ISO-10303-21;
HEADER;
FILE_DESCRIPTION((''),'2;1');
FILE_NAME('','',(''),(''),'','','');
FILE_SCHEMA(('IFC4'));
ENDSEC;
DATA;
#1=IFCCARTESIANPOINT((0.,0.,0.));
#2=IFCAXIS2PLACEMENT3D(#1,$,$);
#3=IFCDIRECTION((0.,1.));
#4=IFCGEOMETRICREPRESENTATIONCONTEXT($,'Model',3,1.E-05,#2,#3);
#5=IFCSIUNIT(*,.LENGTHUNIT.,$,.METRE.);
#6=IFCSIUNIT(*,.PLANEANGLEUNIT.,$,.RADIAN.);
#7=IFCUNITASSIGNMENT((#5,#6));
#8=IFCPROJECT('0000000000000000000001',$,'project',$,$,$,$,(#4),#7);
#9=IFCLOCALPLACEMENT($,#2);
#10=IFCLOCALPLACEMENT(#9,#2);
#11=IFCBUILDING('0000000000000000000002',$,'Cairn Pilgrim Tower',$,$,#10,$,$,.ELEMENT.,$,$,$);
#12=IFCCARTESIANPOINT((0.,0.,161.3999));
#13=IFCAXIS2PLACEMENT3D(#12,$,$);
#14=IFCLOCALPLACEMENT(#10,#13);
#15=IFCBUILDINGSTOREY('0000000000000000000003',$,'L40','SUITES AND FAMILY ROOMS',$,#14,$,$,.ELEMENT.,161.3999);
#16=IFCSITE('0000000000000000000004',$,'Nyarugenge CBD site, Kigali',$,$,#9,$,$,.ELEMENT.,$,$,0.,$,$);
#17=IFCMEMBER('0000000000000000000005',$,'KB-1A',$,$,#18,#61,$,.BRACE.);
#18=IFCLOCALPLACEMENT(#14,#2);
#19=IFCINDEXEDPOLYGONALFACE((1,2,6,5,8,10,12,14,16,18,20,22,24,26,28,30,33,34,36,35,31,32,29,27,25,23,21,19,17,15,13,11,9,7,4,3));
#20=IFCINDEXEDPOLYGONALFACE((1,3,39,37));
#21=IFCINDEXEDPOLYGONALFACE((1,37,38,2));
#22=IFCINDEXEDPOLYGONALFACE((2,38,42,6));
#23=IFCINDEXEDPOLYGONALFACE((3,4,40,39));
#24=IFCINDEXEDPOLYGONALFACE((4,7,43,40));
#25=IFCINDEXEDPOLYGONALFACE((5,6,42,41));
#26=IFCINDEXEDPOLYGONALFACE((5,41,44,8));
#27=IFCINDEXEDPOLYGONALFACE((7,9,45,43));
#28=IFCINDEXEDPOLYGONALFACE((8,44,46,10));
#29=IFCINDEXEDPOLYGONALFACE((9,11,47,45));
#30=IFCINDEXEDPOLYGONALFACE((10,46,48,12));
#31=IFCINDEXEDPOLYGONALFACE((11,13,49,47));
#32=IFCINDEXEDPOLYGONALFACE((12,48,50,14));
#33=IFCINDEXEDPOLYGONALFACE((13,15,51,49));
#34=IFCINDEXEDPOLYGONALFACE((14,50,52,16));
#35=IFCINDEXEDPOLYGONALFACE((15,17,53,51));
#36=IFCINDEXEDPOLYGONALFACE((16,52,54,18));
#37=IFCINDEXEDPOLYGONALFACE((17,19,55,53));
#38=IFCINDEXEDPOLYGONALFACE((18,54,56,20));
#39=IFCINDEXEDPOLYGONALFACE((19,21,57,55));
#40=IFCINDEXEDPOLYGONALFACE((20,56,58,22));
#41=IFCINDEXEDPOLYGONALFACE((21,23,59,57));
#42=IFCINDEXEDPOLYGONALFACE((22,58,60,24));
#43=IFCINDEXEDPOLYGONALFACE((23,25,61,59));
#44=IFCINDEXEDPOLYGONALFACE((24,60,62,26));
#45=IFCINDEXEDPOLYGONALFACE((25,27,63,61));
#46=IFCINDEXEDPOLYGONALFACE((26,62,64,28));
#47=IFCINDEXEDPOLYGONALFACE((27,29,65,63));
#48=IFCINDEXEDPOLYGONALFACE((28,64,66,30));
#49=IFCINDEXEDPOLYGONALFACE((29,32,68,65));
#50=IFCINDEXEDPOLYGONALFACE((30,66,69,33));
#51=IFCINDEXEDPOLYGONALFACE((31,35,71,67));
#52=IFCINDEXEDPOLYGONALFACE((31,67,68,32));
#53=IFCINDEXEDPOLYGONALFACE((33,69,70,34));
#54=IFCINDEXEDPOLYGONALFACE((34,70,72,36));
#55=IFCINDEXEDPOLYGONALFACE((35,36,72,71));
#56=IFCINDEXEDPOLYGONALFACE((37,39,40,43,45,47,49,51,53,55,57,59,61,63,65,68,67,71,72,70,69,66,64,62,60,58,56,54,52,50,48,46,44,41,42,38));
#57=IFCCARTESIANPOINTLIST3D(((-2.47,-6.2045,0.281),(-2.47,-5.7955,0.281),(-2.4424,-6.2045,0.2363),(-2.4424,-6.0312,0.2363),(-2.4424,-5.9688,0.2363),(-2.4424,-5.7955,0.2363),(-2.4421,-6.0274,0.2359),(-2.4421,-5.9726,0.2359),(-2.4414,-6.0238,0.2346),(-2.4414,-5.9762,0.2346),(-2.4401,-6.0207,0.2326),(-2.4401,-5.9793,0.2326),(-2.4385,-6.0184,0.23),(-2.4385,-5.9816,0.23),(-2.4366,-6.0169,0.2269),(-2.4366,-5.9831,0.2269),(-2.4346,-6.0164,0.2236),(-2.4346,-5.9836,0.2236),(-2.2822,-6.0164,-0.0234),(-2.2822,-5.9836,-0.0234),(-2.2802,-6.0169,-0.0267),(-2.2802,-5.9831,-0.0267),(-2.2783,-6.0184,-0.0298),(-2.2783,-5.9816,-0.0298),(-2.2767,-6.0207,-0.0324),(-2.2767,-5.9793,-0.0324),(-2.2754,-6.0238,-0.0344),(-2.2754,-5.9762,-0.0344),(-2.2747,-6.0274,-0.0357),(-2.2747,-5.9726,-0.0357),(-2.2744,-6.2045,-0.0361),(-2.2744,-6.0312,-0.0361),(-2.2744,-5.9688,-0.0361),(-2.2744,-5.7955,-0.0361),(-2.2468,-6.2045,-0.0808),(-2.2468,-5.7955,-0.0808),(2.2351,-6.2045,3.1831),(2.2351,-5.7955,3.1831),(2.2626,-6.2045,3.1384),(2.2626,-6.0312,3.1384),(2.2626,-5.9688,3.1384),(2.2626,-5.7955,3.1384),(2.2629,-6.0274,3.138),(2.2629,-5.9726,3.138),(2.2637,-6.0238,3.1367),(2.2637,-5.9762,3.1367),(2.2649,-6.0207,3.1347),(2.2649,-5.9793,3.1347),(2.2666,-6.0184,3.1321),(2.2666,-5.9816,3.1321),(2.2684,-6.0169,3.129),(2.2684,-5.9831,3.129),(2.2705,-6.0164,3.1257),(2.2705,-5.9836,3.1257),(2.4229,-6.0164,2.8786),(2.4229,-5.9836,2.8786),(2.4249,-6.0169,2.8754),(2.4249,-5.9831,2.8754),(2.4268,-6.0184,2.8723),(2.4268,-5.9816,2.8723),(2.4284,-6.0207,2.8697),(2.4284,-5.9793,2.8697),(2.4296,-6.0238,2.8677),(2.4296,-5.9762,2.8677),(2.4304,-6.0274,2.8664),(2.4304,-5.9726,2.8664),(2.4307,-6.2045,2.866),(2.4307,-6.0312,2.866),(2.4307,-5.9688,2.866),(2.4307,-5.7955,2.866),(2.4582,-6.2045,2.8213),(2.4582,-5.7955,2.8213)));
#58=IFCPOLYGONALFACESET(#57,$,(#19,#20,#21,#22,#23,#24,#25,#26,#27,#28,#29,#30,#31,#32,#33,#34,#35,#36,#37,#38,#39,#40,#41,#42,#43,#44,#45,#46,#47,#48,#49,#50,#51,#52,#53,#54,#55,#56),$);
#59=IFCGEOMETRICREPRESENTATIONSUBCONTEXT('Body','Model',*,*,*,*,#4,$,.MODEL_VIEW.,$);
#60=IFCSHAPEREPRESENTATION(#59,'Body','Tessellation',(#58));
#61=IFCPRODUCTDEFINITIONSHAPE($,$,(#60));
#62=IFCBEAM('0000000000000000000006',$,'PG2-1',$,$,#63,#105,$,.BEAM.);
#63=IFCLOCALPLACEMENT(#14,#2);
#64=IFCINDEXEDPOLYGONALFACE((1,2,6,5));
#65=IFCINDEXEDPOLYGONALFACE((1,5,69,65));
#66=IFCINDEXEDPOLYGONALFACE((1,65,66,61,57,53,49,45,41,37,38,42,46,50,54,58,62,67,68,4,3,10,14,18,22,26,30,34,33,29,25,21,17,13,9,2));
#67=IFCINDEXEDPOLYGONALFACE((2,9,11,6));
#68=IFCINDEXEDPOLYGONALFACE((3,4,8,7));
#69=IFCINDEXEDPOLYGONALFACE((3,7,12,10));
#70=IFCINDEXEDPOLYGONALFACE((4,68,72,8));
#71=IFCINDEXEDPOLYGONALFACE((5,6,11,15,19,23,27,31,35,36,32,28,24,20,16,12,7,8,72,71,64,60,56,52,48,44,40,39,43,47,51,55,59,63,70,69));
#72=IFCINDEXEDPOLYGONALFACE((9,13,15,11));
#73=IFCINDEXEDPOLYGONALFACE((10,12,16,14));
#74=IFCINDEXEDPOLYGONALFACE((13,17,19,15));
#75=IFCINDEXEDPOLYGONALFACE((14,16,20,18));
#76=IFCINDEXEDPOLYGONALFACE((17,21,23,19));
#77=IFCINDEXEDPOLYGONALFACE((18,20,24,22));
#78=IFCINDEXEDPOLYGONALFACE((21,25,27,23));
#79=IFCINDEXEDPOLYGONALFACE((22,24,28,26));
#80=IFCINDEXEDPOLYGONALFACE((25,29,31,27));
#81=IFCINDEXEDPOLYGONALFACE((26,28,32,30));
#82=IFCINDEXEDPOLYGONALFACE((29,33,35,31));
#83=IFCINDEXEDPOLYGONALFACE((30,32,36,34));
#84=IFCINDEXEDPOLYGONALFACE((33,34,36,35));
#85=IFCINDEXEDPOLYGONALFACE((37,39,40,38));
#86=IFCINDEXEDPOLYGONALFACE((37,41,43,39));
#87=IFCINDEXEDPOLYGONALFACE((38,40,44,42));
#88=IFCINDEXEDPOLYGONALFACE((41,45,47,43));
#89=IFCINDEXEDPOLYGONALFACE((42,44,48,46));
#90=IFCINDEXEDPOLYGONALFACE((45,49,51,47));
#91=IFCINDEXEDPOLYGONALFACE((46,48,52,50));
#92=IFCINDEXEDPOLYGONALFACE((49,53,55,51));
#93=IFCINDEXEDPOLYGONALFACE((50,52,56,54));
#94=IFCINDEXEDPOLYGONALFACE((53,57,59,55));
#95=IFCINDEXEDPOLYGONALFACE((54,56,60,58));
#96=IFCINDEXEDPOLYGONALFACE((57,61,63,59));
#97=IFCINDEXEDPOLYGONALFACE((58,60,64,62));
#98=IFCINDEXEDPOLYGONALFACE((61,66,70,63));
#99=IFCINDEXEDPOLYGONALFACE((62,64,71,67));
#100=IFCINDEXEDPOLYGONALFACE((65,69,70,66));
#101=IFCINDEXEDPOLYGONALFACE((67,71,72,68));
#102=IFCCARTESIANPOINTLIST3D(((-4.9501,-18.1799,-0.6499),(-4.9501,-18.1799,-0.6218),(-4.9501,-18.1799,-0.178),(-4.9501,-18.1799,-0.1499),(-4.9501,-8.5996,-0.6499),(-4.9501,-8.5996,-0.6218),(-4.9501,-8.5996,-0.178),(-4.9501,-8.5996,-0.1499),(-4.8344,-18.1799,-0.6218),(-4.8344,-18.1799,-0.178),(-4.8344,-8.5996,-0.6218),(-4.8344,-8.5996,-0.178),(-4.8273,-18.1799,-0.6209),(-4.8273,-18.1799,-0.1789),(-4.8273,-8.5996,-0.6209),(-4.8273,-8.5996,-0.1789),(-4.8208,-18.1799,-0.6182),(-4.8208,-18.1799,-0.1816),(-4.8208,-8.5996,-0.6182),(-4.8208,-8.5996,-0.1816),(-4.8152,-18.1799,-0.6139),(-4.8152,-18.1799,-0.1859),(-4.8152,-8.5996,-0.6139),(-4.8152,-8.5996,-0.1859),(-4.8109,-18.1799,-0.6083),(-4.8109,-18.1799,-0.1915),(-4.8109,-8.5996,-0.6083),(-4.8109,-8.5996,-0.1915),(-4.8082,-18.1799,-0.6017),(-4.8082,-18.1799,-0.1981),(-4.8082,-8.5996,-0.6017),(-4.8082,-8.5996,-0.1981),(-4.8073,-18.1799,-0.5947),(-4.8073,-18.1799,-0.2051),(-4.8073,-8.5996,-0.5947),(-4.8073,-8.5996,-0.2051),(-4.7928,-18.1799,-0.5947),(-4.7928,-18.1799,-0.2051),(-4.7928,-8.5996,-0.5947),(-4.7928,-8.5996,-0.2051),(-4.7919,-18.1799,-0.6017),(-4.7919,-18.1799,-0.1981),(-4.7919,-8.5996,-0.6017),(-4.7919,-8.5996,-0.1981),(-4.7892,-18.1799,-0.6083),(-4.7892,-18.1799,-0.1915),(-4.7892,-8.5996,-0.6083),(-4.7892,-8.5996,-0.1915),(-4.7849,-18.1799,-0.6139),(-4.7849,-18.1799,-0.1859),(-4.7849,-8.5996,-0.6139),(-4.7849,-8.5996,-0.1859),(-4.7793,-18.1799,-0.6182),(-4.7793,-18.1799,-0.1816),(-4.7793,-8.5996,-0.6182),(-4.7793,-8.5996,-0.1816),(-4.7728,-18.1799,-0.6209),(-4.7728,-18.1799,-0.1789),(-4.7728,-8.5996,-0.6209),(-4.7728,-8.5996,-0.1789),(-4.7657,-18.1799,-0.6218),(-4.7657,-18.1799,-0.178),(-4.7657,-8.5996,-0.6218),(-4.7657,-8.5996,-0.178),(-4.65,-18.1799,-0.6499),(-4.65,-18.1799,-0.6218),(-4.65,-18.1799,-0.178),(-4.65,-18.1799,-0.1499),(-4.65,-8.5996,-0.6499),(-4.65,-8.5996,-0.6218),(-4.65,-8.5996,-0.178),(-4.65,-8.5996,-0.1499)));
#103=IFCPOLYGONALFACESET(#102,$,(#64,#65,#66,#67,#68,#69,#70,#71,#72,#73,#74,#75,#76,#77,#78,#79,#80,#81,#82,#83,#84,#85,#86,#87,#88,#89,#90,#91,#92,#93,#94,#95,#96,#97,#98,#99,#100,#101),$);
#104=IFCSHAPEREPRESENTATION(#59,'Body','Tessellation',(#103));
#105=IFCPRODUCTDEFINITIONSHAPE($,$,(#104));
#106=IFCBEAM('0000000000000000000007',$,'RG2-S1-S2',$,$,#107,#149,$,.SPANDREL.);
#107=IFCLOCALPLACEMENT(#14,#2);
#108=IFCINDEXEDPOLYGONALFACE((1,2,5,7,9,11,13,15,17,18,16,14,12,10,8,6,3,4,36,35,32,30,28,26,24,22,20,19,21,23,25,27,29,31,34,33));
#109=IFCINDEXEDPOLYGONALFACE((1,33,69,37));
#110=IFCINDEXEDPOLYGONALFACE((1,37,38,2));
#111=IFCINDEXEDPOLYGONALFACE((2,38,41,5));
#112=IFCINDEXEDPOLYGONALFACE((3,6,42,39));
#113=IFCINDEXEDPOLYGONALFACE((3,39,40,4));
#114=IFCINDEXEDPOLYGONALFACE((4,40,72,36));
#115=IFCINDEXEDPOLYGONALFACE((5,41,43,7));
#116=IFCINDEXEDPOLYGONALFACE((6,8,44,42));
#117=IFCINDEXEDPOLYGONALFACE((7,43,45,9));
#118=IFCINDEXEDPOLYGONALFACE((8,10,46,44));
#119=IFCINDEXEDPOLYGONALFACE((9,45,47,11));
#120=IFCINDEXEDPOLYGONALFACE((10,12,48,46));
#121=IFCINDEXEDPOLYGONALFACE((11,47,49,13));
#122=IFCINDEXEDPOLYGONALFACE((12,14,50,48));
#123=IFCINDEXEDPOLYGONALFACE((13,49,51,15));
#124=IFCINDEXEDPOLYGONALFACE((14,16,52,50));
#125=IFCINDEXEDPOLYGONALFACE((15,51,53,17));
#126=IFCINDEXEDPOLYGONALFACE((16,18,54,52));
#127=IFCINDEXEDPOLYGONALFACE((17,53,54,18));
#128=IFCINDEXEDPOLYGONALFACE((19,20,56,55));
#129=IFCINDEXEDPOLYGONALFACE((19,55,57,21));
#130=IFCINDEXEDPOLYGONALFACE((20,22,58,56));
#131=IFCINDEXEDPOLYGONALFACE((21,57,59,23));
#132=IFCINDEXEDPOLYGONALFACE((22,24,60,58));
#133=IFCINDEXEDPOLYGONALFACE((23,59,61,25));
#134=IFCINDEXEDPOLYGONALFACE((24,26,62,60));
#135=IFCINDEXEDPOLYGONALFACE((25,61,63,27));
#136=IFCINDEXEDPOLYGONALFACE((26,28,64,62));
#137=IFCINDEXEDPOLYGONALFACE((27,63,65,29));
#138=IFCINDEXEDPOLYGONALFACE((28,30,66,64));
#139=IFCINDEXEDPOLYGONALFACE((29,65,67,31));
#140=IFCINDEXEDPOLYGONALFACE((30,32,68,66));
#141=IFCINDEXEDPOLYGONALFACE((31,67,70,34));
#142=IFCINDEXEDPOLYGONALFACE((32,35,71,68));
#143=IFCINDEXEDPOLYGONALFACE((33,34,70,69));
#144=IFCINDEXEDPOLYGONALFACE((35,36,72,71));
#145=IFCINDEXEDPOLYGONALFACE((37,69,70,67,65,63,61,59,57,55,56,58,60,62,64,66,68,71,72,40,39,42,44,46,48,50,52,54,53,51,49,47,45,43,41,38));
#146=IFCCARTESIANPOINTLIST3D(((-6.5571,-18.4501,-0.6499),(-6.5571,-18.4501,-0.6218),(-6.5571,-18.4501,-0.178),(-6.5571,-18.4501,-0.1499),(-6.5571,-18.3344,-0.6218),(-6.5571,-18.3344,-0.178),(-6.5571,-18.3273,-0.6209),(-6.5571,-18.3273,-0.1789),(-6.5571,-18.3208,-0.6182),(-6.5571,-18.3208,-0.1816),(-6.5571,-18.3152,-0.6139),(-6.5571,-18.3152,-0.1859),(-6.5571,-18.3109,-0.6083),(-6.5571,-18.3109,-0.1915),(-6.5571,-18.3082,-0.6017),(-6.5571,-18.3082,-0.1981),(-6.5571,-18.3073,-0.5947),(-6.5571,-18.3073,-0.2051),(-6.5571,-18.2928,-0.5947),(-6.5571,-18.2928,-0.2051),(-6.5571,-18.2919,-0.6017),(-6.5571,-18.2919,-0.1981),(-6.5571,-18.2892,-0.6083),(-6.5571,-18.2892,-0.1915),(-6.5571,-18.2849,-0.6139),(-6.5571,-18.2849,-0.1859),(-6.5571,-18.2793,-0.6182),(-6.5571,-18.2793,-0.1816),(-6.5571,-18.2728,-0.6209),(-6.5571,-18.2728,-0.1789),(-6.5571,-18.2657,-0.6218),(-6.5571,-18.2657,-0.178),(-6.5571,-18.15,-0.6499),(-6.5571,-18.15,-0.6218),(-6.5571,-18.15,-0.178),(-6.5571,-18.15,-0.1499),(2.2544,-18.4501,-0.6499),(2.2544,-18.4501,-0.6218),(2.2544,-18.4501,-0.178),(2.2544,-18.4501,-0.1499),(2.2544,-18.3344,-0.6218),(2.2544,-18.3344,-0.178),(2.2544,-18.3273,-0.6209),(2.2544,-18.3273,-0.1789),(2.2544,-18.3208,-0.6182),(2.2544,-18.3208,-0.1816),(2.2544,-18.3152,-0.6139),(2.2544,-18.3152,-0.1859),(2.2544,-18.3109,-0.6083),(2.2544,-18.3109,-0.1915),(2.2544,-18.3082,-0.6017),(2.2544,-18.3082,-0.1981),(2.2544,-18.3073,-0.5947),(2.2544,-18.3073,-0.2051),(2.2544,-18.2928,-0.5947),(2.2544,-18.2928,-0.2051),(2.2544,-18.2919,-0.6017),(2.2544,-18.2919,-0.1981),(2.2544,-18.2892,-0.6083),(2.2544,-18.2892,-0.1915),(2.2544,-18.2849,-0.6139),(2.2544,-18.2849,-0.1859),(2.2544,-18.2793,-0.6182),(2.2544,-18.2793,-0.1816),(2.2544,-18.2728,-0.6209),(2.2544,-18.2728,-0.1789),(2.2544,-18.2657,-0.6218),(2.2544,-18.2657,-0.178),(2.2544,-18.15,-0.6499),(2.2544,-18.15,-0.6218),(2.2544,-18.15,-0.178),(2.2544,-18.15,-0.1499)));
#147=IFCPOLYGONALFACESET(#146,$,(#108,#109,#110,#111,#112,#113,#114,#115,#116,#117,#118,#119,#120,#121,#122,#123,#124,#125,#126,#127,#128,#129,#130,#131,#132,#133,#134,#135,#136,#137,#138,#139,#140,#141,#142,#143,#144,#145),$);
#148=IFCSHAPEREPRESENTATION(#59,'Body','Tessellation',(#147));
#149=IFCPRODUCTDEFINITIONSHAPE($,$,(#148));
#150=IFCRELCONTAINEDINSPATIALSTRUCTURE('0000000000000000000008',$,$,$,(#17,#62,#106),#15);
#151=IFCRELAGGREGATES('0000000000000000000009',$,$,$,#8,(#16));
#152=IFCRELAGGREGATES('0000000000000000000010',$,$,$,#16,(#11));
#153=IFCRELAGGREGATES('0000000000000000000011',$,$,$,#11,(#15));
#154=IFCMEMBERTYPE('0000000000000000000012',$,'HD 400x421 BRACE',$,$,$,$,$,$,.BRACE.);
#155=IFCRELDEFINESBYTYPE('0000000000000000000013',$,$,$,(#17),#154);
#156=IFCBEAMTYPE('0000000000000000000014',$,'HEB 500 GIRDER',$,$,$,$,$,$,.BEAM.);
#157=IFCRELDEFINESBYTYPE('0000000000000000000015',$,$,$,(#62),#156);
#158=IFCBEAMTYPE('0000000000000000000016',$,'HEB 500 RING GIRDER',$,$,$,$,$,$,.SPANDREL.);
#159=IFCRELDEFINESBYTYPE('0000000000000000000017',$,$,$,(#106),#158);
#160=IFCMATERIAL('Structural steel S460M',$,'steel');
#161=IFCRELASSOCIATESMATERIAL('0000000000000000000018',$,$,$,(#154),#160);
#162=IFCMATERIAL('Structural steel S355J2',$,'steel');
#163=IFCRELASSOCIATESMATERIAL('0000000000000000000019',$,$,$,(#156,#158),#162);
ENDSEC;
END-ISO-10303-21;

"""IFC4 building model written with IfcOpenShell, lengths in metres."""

from ifc_helpers import new_model, si_unit, direction, frame, origin, origin_2d, place, context, subcontext, project, spatial, i_section, extrude, material, material_profile, profile_set, type_object, element, save


model = new_model("IFC4")

# Units and contexts
model_context = context("Model", 3, precision=1e-05, world=origin(), true_north=direction((0.0, 1.0)))
body_context = subcontext(model_context, "Body", "Model", "MODEL_VIEW")
ifc_project = project(units=[si_unit("LENGTHUNIT", "METRE"), si_unit("PLANEANGLEUNIT", "RADIAN")], contexts=[model_context])

# Site, building, storey
site_placement = place(None, origin())
site = spatial("IfcSite", under=ifc_project, at=site_placement, Name="Nyarugenge CBD site, Kigali", CompositionType="ELEMENT", RefElevation=0.0)
building_placement = place(site_placement, origin())
building = spatial("IfcBuilding", under=site, at=building_placement, Name="Cairn Pilgrim Tower", CompositionType="ELEMENT")
storey_placement = place(building_placement, frame((0.0, 0.0, 161.3999)))
storey = spatial("IfcBuildingStorey", under=building, at=storey_placement, Name="L40", Description="SUITES AND FAMILY ROOMS", CompositionType="ELEMENT", Elevation=161.3999)

# Shared definitions
ifc_material_1 = material(Name="Structural steel S460M", Category="steel")
ifc_material_2 = material(Name="Structural steel S355J2", Category="steel")

# Member
ifc_material_profile_1 = material_profile(ifc_material_1, i_section(OverallWidth=0.4089, OverallDepth=0.425, WebThickness=0.0327, FlangeThickness=0.0525, FilletRadius=0.0149, at=origin_2d()), Name="HD 400x421")
ifc_profile_set_1 = profile_set([ifc_material_profile_1], Name="Structural steel S460M")
member_type_1 = type_object("IfcMemberType", Name="HD 400x421 BRACE", PredefinedType="BRACE", material=ifc_profile_set_1)
member_1_placement = place(storey_placement, frame((-2.3584, -6.0, 0.1001), z_axis=(0.85112, 0.0, 0.524972), x_axis=(0.0, 1.0, 0.0)))
element("IfcMember", 1, at=member_1_placement, inside=storey, type_object=member_type_1, Name="KB-1A", PredefinedType="BRACE", context=body_context, shape_type="SweptSolid", body=[
    extrude(i_section(OverallWidth=0.4089, OverallDepth=0.425, WebThickness=0.0327, FlangeThickness=0.0525, FilletRadius=0.0149, at=origin_2d()), origin(), (0.0, 0.0, 1.0), 5.5281),
])

# Beams
ifc_material_profile_2 = material_profile(ifc_material_2, i_section(OverallWidth=0.3, OverallDepth=0.5, WebThickness=0.0144, FlangeThickness=0.0281, FilletRadius=0.0271, at=origin_2d()), Name="HEB 500")
ifc_profile_set_2 = profile_set([ifc_material_profile_2], Name="Structural steel S355J2")
beam_type_1 = type_object("IfcBeamType", Name="HEB 500 GIRDER", PredefinedType="BEAM", material=ifc_profile_set_2)
beam_1_placement = place(storey_placement, frame((-4.8, -18.1799, -0.3999), z_axis=(0.0, 1.0, 0.0), x_axis=(-1.0, 0.0, 0.0)))
element("IfcBeam", 2, at=beam_1_placement, inside=storey, type_object=beam_type_1, Name="PG2-1", PredefinedType="BEAM", context=body_context, shape_type="SweptSolid", body=[
    extrude(i_section(OverallWidth=0.3, OverallDepth=0.5, WebThickness=0.0144, FlangeThickness=0.0281, FilletRadius=0.0271, at=origin_2d()), origin(), (0.0, 0.0, 1.0), 9.5803),
])
ifc_material_profile_3 = material_profile(ifc_material_2, i_section(OverallWidth=0.3, OverallDepth=0.5, WebThickness=0.0144, FlangeThickness=0.0281, FilletRadius=0.0271, at=origin_2d()), Name="HEB 500")
ifc_profile_set_3 = profile_set([ifc_material_profile_3], Name="Structural steel S355J2")
beam_type_2 = type_object("IfcBeamType", Name="HEB 500 RING GIRDER", PredefinedType="SPANDREL", material=ifc_profile_set_3)
beam_2_placement = place(storey_placement, frame((-6.5571, -18.3, -0.3999), z_axis=(1.0, 0.0, 0.0), x_axis=(0.0, 1.0, 0.0)))
element("IfcBeam", 3, at=beam_2_placement, inside=storey, type_object=beam_type_2, Name="RG2-S1-S2", PredefinedType="SPANDREL", context=body_context, shape_type="SweptSolid", body=[
    extrude(i_section(OverallWidth=0.3, OverallDepth=0.5, WebThickness=0.0144, FlangeThickness=0.0281, FilletRadius=0.0271, at=origin_2d()), origin(), (0.0, 0.0, 1.0), 8.8115),
])

save(model, "model.ifc")
